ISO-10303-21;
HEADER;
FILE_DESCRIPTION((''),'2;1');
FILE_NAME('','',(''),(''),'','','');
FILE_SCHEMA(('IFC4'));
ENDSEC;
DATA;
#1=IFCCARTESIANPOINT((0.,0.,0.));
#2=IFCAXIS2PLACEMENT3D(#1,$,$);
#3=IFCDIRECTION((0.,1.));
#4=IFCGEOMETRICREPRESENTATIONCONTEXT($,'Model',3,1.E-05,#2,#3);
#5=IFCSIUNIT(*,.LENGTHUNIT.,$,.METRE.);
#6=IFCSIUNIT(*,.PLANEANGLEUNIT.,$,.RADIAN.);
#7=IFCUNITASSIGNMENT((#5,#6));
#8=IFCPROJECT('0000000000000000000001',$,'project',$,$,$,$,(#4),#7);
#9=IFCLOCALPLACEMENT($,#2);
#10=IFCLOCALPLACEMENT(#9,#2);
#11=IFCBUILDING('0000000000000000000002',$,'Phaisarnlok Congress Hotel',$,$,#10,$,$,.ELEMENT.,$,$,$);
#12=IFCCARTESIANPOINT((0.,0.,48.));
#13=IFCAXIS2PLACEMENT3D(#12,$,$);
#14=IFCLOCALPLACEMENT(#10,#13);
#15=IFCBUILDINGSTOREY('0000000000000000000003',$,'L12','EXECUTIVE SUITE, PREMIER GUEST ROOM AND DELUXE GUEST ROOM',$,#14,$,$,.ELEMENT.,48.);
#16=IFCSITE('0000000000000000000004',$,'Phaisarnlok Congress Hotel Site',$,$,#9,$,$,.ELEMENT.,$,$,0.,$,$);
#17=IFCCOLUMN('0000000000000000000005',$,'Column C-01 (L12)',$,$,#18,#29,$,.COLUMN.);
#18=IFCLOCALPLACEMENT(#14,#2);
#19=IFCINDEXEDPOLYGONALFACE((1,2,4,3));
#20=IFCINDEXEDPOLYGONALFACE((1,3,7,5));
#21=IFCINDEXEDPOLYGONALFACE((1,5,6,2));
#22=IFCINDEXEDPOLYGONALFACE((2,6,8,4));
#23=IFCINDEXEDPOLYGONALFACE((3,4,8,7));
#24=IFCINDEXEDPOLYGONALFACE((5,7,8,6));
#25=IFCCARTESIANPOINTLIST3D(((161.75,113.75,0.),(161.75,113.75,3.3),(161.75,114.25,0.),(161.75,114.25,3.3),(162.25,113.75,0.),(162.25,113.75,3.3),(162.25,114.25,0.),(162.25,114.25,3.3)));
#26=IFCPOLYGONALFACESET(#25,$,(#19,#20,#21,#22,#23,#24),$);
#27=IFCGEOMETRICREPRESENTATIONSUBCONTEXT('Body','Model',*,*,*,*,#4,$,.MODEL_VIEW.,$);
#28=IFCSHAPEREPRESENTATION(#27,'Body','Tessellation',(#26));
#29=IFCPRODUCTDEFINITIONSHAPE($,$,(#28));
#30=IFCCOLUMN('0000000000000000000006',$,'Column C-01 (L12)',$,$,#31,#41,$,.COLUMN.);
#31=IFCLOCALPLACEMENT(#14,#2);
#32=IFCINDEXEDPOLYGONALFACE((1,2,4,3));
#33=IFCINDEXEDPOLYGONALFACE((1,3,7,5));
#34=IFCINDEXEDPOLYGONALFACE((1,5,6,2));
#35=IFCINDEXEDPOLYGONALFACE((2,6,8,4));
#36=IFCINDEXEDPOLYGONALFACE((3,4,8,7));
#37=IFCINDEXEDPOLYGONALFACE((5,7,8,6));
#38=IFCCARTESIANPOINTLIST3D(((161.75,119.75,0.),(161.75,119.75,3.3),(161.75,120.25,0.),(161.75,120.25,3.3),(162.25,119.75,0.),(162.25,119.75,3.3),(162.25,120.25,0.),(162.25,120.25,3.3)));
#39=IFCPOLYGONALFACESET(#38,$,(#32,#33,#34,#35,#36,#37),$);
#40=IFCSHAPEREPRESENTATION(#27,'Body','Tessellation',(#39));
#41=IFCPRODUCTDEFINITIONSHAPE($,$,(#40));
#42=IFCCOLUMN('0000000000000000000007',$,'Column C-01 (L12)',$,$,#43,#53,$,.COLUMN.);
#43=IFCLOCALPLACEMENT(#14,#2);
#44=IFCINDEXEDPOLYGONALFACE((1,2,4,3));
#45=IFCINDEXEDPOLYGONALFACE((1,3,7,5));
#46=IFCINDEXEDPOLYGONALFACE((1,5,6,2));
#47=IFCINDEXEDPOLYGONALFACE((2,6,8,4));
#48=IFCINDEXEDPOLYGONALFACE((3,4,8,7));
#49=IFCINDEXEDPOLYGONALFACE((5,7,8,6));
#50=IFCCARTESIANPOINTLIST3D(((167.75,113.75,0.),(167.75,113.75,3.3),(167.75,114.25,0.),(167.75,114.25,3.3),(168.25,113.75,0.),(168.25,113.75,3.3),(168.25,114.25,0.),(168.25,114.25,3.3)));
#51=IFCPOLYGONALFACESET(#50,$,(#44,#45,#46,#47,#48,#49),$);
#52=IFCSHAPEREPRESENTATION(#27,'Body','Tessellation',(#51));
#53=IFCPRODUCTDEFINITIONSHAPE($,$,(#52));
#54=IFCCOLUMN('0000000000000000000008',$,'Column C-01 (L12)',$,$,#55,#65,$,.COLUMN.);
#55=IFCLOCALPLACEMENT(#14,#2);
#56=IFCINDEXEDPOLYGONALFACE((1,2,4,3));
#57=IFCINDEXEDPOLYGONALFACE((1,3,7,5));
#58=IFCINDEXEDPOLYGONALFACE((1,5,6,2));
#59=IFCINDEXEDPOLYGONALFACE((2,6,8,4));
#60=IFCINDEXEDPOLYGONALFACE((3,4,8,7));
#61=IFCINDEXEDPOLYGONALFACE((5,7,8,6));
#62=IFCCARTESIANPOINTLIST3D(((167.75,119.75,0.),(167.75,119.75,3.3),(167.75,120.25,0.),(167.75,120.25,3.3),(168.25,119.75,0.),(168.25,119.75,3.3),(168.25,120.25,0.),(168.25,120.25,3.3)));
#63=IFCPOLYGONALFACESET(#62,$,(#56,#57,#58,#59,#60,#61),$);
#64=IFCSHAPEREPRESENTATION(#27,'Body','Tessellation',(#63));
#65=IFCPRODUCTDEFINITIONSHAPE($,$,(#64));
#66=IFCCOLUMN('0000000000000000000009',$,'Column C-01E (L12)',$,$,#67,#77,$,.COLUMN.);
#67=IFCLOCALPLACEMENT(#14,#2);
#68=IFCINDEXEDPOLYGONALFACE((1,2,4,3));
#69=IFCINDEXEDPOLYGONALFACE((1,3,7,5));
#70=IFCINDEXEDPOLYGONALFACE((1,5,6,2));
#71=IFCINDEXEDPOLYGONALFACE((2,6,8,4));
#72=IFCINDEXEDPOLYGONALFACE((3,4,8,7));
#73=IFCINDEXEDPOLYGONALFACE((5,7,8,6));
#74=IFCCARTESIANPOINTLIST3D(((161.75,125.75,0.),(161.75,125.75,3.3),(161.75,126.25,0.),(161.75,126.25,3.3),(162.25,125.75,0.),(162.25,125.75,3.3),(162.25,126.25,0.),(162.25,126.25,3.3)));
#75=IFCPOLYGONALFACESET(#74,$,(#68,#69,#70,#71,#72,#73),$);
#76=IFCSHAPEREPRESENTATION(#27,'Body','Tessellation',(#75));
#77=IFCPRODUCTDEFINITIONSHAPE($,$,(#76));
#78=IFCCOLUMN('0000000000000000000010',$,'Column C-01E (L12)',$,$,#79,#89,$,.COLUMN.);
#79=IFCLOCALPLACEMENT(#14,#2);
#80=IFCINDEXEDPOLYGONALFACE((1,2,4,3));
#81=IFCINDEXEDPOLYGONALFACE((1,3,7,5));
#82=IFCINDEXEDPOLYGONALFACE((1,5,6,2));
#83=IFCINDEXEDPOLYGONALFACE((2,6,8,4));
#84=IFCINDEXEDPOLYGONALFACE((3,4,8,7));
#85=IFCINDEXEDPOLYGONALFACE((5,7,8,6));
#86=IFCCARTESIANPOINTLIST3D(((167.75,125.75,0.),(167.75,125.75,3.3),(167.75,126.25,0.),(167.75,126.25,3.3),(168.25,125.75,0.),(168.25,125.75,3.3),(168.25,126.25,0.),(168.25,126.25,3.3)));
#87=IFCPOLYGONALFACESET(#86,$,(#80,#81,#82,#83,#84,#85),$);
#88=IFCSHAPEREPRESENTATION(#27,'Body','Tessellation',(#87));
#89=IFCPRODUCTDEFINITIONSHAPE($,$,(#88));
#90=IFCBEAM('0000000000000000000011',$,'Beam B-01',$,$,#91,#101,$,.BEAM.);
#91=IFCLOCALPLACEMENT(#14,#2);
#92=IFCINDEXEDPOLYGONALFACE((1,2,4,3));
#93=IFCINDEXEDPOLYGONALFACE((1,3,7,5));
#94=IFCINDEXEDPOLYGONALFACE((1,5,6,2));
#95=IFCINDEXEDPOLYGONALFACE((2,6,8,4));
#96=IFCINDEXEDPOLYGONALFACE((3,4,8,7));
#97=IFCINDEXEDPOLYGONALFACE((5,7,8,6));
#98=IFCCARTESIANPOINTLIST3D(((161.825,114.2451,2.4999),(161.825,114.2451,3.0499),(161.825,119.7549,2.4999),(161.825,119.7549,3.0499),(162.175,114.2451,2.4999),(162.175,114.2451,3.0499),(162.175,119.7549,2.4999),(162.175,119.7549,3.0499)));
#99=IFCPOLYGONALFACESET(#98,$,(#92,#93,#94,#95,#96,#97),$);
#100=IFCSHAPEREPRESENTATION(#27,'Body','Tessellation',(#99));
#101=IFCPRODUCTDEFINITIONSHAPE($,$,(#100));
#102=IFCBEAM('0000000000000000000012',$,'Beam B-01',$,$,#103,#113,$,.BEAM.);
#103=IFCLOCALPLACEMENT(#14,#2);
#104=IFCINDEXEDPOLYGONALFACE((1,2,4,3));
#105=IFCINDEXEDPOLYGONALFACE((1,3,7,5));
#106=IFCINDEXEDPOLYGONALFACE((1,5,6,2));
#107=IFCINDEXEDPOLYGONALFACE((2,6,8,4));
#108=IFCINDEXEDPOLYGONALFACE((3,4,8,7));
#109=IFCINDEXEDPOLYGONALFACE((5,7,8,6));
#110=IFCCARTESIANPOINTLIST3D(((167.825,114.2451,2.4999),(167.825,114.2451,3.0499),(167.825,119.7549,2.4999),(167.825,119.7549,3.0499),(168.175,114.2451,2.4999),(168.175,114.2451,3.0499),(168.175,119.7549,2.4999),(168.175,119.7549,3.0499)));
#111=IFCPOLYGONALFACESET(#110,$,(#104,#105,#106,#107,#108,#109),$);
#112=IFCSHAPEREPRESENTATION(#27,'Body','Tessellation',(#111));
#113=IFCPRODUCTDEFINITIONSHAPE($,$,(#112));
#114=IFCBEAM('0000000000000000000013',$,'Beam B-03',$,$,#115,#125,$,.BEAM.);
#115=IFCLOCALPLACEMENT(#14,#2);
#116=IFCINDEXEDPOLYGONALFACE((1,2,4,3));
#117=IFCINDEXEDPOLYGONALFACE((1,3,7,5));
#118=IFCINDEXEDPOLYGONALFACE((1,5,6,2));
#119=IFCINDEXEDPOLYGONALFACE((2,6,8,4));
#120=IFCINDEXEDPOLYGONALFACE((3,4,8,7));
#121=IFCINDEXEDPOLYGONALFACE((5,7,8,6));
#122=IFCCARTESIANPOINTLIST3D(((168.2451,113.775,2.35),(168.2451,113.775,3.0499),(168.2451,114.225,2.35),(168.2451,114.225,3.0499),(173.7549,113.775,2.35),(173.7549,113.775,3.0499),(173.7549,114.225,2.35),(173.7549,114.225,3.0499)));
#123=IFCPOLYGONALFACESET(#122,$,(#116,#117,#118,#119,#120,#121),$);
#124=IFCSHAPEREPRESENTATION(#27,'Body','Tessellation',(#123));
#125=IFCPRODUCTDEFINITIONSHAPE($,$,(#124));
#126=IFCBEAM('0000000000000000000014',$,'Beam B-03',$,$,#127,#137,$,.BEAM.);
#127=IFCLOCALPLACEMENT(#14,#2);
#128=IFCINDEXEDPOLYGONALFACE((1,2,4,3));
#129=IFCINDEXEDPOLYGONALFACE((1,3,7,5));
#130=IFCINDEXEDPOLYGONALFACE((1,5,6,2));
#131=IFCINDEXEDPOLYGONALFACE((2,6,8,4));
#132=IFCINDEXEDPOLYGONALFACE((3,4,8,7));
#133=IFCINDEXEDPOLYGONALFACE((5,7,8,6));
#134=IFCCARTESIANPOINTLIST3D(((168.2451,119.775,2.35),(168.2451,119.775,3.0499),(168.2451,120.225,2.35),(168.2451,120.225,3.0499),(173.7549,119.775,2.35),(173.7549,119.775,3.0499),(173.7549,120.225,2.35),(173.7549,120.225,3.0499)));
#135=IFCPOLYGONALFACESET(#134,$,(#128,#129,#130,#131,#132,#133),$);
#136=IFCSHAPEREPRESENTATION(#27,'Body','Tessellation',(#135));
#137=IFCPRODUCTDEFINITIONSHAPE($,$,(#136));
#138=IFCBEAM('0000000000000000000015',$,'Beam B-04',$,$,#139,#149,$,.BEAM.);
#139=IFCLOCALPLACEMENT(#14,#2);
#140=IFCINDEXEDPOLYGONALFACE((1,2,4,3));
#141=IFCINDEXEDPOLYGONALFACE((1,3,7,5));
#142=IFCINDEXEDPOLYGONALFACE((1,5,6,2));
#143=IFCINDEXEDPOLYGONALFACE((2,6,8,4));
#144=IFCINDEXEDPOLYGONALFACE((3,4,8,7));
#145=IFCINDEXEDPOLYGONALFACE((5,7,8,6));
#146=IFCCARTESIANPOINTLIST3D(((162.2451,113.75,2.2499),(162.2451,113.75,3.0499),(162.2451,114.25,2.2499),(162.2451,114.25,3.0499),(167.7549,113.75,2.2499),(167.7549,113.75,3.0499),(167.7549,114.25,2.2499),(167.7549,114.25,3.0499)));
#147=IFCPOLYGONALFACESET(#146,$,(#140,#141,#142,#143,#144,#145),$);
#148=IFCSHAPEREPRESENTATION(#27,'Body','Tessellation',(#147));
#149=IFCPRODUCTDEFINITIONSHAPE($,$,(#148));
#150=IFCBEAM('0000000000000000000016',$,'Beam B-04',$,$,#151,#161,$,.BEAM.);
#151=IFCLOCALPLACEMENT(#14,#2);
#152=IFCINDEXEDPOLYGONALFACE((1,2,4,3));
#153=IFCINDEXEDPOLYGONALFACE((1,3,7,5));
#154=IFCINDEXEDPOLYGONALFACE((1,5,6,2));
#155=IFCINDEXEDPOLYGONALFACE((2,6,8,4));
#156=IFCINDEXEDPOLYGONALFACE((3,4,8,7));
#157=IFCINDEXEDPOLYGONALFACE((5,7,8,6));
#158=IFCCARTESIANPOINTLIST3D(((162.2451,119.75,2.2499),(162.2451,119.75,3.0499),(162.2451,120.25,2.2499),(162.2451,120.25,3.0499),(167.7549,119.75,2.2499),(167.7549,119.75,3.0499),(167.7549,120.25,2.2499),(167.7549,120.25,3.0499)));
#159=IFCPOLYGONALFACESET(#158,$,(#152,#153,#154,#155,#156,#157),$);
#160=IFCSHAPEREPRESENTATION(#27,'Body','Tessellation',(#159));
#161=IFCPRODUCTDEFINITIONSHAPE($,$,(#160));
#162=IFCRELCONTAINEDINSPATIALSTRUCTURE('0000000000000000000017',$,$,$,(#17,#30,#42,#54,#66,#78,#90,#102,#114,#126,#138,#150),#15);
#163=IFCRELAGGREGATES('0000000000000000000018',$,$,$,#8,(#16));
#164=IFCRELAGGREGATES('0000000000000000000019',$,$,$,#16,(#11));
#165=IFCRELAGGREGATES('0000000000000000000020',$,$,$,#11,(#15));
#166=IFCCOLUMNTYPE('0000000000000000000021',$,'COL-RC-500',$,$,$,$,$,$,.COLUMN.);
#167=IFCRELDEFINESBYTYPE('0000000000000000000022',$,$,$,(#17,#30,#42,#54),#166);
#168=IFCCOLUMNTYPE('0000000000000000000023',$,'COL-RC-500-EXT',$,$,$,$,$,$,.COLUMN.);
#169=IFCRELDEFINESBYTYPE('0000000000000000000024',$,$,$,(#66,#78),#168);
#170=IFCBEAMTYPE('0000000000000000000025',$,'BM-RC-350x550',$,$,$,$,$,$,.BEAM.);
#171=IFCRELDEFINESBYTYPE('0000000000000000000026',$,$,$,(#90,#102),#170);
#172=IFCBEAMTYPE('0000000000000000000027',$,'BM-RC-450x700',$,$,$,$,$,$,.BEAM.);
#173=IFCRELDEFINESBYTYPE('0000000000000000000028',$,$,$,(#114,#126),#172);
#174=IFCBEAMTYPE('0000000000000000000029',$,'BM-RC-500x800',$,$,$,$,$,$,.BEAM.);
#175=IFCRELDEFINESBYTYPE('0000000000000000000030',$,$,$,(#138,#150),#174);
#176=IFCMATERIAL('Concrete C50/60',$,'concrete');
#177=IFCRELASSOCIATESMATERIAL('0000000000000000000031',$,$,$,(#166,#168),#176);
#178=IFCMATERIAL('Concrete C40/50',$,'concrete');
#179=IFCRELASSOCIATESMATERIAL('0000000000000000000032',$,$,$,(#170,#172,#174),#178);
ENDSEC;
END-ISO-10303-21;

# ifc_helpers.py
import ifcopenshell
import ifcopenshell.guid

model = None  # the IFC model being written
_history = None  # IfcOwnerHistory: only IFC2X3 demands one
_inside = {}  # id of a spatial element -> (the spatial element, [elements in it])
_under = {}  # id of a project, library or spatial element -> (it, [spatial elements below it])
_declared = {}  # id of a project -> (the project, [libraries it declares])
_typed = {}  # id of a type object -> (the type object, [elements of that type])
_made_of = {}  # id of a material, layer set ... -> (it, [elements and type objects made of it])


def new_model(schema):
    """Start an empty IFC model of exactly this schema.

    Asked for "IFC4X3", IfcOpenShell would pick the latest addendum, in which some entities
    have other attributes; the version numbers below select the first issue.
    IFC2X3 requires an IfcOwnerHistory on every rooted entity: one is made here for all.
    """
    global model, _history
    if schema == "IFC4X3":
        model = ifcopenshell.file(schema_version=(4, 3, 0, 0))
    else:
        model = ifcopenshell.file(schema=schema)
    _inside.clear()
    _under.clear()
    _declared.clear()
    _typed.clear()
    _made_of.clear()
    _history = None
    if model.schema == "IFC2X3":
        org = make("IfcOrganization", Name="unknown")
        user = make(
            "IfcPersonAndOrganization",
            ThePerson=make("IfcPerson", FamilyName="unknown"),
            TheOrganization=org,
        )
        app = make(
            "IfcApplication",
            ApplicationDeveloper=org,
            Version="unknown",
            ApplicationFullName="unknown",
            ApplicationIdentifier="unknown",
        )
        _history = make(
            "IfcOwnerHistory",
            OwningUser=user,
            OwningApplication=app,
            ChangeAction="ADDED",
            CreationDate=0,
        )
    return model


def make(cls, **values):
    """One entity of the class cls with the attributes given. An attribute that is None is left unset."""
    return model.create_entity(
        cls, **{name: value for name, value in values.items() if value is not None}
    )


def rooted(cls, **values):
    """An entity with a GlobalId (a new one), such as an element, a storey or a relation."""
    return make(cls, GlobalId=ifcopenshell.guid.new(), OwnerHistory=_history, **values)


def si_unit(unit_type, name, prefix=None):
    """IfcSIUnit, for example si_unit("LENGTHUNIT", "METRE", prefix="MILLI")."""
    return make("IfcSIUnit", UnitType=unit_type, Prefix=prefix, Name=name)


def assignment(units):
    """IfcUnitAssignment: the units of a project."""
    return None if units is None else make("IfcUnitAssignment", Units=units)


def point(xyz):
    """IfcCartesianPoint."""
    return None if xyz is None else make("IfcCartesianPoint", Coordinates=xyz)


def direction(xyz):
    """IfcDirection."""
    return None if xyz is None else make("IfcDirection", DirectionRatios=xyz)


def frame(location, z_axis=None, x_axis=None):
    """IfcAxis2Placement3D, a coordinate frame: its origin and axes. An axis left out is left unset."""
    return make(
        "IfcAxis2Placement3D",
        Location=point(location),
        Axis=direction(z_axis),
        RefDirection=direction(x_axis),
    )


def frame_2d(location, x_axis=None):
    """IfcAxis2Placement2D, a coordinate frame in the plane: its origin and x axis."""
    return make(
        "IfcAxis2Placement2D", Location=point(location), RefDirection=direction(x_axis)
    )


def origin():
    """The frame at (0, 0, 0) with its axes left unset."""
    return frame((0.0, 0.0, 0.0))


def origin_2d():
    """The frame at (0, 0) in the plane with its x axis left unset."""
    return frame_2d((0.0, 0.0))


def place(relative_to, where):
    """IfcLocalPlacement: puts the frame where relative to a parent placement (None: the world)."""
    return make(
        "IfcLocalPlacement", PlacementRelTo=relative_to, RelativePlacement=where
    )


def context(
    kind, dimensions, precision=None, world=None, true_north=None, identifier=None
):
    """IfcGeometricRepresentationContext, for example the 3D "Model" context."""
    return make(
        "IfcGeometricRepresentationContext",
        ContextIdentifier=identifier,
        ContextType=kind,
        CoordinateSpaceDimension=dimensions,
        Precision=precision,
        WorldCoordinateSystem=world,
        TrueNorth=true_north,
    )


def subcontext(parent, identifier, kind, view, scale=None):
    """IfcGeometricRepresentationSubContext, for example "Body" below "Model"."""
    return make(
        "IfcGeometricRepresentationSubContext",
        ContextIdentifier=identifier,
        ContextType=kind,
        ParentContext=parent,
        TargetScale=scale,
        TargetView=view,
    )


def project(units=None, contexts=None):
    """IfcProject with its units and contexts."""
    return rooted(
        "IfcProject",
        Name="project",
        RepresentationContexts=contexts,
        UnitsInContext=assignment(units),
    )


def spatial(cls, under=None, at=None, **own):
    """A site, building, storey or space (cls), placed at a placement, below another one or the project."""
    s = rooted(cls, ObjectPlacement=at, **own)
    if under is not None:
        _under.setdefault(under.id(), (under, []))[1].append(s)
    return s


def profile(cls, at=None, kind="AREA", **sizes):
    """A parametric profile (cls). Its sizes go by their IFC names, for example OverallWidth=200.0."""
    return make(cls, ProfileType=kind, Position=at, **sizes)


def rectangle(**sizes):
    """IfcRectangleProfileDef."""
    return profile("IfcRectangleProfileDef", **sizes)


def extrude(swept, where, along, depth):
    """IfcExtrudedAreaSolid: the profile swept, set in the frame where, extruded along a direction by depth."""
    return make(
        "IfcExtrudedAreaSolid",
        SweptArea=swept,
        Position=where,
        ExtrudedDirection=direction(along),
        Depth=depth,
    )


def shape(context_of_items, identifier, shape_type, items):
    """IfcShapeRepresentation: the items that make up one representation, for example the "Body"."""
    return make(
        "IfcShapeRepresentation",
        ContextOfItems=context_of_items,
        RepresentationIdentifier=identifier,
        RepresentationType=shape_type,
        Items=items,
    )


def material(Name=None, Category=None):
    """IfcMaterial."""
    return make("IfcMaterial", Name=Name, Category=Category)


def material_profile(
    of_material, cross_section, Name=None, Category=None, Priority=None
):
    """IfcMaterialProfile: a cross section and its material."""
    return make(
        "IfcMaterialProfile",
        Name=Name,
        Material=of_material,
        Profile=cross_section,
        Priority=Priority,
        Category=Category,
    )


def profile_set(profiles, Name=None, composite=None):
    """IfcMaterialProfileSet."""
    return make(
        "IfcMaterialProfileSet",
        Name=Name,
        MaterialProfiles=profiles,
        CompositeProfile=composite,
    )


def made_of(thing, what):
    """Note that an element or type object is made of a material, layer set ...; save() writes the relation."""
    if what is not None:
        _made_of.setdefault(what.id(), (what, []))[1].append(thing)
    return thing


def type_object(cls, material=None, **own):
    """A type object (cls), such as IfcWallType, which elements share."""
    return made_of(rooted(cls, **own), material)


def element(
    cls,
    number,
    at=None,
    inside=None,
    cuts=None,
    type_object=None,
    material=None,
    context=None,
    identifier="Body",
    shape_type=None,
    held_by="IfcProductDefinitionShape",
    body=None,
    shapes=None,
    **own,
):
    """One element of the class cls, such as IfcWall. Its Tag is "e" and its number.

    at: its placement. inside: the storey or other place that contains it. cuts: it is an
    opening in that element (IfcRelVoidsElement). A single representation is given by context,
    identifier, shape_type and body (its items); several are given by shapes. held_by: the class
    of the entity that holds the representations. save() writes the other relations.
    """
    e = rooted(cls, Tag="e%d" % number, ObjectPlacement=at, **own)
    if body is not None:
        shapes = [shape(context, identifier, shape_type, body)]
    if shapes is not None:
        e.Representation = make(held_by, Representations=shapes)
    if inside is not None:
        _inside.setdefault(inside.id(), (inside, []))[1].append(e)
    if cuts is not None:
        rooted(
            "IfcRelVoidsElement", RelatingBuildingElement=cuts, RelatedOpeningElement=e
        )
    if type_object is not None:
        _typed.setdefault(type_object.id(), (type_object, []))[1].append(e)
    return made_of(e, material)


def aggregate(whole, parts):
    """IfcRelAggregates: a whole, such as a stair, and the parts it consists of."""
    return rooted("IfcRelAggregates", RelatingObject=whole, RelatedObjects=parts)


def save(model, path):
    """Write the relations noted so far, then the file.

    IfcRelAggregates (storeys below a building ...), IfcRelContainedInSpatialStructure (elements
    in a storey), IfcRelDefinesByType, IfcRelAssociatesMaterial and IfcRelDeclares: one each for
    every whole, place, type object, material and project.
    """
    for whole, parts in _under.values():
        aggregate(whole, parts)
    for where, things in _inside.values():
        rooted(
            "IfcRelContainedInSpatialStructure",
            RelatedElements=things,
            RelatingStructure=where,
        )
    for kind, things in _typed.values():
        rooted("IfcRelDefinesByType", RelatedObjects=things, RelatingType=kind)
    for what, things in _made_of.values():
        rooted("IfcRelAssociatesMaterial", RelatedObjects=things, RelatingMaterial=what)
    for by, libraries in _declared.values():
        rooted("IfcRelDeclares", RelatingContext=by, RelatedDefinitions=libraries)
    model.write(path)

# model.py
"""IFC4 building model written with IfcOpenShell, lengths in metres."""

from ifc_helpers import new_model, si_unit, direction, frame, origin, origin_2d, place, context, subcontext, project, spatial, rectangle, extrude, material, material_profile, profile_set, type_object, element, save


model = new_model("IFC4")

# Units and contexts
model_context = context("Model", 3, precision=1e-05, world=origin(), true_north=direction((0.0, 1.0)))
body_context = subcontext(model_context, "Body", "Model", "MODEL_VIEW")
ifc_project = project(units=[si_unit("LENGTHUNIT", "METRE"), si_unit("PLANEANGLEUNIT", "RADIAN")], contexts=[model_context])

# Site, building, storey
site_placement = place(None, origin())
site = spatial("IfcSite", under=ifc_project, at=site_placement, Name="Phaisarnlok Congress Hotel Site", CompositionType="ELEMENT", RefElevation=0.0)
building_placement = place(site_placement, origin())
building = spatial("IfcBuilding", under=site, at=building_placement, Name="Phaisarnlok Congress Hotel", CompositionType="ELEMENT")
storey_placement = place(building_placement, frame((0.0, 0.0, 48.0)))
storey = spatial("IfcBuildingStorey", under=building, at=storey_placement, Name="L12", Description="EXECUTIVE SUITE, PREMIER GUEST ROOM AND DELUXE GUEST ROOM", CompositionType="ELEMENT", Elevation=48.0)

# Columns
ifc_material_1 = material(Name="Concrete C50/60", Category="concrete")
ifc_material_profile_1 = material_profile(ifc_material_1, rectangle(XDim=0.5, YDim=0.5, at=origin_2d()), Name="RC 500x500")
ifc_profile_set_1 = profile_set([ifc_material_profile_1], Name="Concrete C50/60")
column_type_1 = type_object("IfcColumnType", Name="COL-RC-500", PredefinedType="COLUMN", material=ifc_profile_set_1)
for number, where, z_axis, x_axis, name in (
    (1, (162.0, 114.0, 0.0), (0.0, 0.0, 1.0), (1.0, 0.0, 0.0), "Column C-01 (L12)"),
    (2, (162.0, 120.0, 0.0), (0.0, 0.0, 1.0), (1.0, 0.0, 0.0), "Column C-01 (L12)"),
    (3, (168.0, 114.0, 0.0), (0.0, 0.0, 1.0), (1.0, 0.0, 0.0), "Column C-01 (L12)"),
    (4, (168.0, 120.0, 0.0), (0.0, 0.0, 1.0), (1.0, 0.0, 0.0), "Column C-01 (L12)"),
):
    element("IfcColumn", number, at=place(storey_placement, frame(where, z_axis=z_axis, x_axis=x_axis)), inside=storey, type_object=column_type_1, Name=name, PredefinedType="COLUMN", context=body_context, shape_type="SweptSolid", body=[
        extrude(rectangle(XDim=0.5, YDim=0.5, at=origin_2d()), origin(), (0.0, 0.0, 1.0), 3.3),
    ])
ifc_material_profile_2 = material_profile(ifc_material_1, rectangle(XDim=0.5, YDim=0.5, at=origin_2d()), Name="RC 500x500")
ifc_profile_set_2 = profile_set([ifc_material_profile_2], Name="Concrete C50/60")
column_type_2 = type_object("IfcColumnType", Name="COL-RC-500-EXT", PredefinedType="COLUMN", material=ifc_profile_set_2)
for number, where, z_axis, x_axis, name in (
    (5, (162.0, 126.0, 0.0), (0.0, 0.0, 1.0), (1.0, 0.0, 0.0), "Column C-01E (L12)"),
    (6, (168.0, 126.0, 0.0), (0.0, 0.0, 1.0), (1.0, 0.0, 0.0), "Column C-01E (L12)"),
):
    element("IfcColumn", number, at=place(storey_placement, frame(where, z_axis=z_axis, x_axis=x_axis)), inside=storey, type_object=column_type_2, Name=name, PredefinedType="COLUMN", context=body_context, shape_type="SweptSolid", body=[
        extrude(rectangle(XDim=0.5, YDim=0.5, at=origin_2d()), origin(), (0.0, 0.0, 1.0), 3.3),
    ])

# Beams
ifc_material_2 = material(Name="Concrete C40/50", Category="concrete")
ifc_material_profile_3 = material_profile(ifc_material_2, rectangle(XDim=0.3501, YDim=0.55, at=origin_2d()), Name="RC 350x550")
ifc_profile_set_3 = profile_set([ifc_material_profile_3], Name="Concrete C40/50")
beam_type_1 = type_object("IfcBeamType", Name="BM-RC-350x550", PredefinedType="BEAM", material=ifc_profile_set_3)
for number, where, z_axis, x_axis, name in (
    (7, (162.0, 114.2451, 2.7749), (0.0, 1.0, 0.0), (-1.0, 0.0, 0.0), "Beam B-01"),
    (8, (168.0, 114.2451, 2.7749), (0.0, 1.0, 0.0), (-1.0, 0.0, 0.0), "Beam B-01"),
):
    element("IfcBeam", number, at=place(storey_placement, frame(where, z_axis=z_axis, x_axis=x_axis)), inside=storey, type_object=beam_type_1, Name=name, PredefinedType="BEAM", context=body_context, shape_type="SweptSolid", body=[
        extrude(rectangle(XDim=0.3501, YDim=0.55, at=origin_2d()), origin(), (0.0, 0.0, 1.0), 5.5098),
    ])
ifc_material_profile_4 = material_profile(ifc_material_2, rectangle(XDim=0.45, YDim=0.7, at=origin_2d()), Name="RC 450x700")
ifc_profile_set_4 = profile_set([ifc_material_profile_4], Name="Concrete C40/50")
beam_type_2 = type_object("IfcBeamType", Name="BM-RC-450x700", PredefinedType="BEAM", material=ifc_profile_set_4)
for number, where, z_axis, x_axis, name in (
    (9, (168.2451, 114.0, 2.7), (1.0, 0.0, 0.0), (0.0, 1.0, 0.0), "Beam B-03"),
    (10, (168.2451, 120.0, 2.7), (1.0, 0.0, 0.0), (0.0, 1.0, 0.0), "Beam B-03"),
):
    element("IfcBeam", number, at=place(storey_placement, frame(where, z_axis=z_axis, x_axis=x_axis)), inside=storey, type_object=beam_type_2, Name=name, PredefinedType="BEAM", context=body_context, shape_type="SweptSolid", body=[
        extrude(rectangle(XDim=0.45, YDim=0.7, at=origin_2d()), origin(), (0.0, 0.0, 1.0), 5.5098),
    ])
ifc_material_profile_5 = material_profile(ifc_material_2, rectangle(XDim=0.5, YDim=0.8, at=origin_2d()), Name="RC 500x800")
ifc_profile_set_5 = profile_set([ifc_material_profile_5], Name="Concrete C40/50")
beam_type_3 = type_object("IfcBeamType", Name="BM-RC-500x800", PredefinedType="BEAM", material=ifc_profile_set_5)
for number, where, z_axis, x_axis, name in (
    (11, (162.2451, 114.0, 2.6499), (1.0, 0.0, 0.0), (0.0, 1.0, 0.0), "Beam B-04"),
    (12, (162.2451, 120.0, 2.6499), (1.0, 0.0, 0.0), (0.0, 1.0, 0.0), "Beam B-04"),
):
    element("IfcBeam", number, at=place(storey_placement, frame(where, z_axis=z_axis, x_axis=x_axis)), inside=storey, type_object=beam_type_3, Name=name, PredefinedType="BEAM", context=body_context, shape_type="SweptSolid", body=[
        extrude(rectangle(XDim=0.5, YDim=0.8, at=origin_2d()), origin(), (0.0, 0.0, 1.0), 5.5098),
    ])

save(model, "model.ifc")
